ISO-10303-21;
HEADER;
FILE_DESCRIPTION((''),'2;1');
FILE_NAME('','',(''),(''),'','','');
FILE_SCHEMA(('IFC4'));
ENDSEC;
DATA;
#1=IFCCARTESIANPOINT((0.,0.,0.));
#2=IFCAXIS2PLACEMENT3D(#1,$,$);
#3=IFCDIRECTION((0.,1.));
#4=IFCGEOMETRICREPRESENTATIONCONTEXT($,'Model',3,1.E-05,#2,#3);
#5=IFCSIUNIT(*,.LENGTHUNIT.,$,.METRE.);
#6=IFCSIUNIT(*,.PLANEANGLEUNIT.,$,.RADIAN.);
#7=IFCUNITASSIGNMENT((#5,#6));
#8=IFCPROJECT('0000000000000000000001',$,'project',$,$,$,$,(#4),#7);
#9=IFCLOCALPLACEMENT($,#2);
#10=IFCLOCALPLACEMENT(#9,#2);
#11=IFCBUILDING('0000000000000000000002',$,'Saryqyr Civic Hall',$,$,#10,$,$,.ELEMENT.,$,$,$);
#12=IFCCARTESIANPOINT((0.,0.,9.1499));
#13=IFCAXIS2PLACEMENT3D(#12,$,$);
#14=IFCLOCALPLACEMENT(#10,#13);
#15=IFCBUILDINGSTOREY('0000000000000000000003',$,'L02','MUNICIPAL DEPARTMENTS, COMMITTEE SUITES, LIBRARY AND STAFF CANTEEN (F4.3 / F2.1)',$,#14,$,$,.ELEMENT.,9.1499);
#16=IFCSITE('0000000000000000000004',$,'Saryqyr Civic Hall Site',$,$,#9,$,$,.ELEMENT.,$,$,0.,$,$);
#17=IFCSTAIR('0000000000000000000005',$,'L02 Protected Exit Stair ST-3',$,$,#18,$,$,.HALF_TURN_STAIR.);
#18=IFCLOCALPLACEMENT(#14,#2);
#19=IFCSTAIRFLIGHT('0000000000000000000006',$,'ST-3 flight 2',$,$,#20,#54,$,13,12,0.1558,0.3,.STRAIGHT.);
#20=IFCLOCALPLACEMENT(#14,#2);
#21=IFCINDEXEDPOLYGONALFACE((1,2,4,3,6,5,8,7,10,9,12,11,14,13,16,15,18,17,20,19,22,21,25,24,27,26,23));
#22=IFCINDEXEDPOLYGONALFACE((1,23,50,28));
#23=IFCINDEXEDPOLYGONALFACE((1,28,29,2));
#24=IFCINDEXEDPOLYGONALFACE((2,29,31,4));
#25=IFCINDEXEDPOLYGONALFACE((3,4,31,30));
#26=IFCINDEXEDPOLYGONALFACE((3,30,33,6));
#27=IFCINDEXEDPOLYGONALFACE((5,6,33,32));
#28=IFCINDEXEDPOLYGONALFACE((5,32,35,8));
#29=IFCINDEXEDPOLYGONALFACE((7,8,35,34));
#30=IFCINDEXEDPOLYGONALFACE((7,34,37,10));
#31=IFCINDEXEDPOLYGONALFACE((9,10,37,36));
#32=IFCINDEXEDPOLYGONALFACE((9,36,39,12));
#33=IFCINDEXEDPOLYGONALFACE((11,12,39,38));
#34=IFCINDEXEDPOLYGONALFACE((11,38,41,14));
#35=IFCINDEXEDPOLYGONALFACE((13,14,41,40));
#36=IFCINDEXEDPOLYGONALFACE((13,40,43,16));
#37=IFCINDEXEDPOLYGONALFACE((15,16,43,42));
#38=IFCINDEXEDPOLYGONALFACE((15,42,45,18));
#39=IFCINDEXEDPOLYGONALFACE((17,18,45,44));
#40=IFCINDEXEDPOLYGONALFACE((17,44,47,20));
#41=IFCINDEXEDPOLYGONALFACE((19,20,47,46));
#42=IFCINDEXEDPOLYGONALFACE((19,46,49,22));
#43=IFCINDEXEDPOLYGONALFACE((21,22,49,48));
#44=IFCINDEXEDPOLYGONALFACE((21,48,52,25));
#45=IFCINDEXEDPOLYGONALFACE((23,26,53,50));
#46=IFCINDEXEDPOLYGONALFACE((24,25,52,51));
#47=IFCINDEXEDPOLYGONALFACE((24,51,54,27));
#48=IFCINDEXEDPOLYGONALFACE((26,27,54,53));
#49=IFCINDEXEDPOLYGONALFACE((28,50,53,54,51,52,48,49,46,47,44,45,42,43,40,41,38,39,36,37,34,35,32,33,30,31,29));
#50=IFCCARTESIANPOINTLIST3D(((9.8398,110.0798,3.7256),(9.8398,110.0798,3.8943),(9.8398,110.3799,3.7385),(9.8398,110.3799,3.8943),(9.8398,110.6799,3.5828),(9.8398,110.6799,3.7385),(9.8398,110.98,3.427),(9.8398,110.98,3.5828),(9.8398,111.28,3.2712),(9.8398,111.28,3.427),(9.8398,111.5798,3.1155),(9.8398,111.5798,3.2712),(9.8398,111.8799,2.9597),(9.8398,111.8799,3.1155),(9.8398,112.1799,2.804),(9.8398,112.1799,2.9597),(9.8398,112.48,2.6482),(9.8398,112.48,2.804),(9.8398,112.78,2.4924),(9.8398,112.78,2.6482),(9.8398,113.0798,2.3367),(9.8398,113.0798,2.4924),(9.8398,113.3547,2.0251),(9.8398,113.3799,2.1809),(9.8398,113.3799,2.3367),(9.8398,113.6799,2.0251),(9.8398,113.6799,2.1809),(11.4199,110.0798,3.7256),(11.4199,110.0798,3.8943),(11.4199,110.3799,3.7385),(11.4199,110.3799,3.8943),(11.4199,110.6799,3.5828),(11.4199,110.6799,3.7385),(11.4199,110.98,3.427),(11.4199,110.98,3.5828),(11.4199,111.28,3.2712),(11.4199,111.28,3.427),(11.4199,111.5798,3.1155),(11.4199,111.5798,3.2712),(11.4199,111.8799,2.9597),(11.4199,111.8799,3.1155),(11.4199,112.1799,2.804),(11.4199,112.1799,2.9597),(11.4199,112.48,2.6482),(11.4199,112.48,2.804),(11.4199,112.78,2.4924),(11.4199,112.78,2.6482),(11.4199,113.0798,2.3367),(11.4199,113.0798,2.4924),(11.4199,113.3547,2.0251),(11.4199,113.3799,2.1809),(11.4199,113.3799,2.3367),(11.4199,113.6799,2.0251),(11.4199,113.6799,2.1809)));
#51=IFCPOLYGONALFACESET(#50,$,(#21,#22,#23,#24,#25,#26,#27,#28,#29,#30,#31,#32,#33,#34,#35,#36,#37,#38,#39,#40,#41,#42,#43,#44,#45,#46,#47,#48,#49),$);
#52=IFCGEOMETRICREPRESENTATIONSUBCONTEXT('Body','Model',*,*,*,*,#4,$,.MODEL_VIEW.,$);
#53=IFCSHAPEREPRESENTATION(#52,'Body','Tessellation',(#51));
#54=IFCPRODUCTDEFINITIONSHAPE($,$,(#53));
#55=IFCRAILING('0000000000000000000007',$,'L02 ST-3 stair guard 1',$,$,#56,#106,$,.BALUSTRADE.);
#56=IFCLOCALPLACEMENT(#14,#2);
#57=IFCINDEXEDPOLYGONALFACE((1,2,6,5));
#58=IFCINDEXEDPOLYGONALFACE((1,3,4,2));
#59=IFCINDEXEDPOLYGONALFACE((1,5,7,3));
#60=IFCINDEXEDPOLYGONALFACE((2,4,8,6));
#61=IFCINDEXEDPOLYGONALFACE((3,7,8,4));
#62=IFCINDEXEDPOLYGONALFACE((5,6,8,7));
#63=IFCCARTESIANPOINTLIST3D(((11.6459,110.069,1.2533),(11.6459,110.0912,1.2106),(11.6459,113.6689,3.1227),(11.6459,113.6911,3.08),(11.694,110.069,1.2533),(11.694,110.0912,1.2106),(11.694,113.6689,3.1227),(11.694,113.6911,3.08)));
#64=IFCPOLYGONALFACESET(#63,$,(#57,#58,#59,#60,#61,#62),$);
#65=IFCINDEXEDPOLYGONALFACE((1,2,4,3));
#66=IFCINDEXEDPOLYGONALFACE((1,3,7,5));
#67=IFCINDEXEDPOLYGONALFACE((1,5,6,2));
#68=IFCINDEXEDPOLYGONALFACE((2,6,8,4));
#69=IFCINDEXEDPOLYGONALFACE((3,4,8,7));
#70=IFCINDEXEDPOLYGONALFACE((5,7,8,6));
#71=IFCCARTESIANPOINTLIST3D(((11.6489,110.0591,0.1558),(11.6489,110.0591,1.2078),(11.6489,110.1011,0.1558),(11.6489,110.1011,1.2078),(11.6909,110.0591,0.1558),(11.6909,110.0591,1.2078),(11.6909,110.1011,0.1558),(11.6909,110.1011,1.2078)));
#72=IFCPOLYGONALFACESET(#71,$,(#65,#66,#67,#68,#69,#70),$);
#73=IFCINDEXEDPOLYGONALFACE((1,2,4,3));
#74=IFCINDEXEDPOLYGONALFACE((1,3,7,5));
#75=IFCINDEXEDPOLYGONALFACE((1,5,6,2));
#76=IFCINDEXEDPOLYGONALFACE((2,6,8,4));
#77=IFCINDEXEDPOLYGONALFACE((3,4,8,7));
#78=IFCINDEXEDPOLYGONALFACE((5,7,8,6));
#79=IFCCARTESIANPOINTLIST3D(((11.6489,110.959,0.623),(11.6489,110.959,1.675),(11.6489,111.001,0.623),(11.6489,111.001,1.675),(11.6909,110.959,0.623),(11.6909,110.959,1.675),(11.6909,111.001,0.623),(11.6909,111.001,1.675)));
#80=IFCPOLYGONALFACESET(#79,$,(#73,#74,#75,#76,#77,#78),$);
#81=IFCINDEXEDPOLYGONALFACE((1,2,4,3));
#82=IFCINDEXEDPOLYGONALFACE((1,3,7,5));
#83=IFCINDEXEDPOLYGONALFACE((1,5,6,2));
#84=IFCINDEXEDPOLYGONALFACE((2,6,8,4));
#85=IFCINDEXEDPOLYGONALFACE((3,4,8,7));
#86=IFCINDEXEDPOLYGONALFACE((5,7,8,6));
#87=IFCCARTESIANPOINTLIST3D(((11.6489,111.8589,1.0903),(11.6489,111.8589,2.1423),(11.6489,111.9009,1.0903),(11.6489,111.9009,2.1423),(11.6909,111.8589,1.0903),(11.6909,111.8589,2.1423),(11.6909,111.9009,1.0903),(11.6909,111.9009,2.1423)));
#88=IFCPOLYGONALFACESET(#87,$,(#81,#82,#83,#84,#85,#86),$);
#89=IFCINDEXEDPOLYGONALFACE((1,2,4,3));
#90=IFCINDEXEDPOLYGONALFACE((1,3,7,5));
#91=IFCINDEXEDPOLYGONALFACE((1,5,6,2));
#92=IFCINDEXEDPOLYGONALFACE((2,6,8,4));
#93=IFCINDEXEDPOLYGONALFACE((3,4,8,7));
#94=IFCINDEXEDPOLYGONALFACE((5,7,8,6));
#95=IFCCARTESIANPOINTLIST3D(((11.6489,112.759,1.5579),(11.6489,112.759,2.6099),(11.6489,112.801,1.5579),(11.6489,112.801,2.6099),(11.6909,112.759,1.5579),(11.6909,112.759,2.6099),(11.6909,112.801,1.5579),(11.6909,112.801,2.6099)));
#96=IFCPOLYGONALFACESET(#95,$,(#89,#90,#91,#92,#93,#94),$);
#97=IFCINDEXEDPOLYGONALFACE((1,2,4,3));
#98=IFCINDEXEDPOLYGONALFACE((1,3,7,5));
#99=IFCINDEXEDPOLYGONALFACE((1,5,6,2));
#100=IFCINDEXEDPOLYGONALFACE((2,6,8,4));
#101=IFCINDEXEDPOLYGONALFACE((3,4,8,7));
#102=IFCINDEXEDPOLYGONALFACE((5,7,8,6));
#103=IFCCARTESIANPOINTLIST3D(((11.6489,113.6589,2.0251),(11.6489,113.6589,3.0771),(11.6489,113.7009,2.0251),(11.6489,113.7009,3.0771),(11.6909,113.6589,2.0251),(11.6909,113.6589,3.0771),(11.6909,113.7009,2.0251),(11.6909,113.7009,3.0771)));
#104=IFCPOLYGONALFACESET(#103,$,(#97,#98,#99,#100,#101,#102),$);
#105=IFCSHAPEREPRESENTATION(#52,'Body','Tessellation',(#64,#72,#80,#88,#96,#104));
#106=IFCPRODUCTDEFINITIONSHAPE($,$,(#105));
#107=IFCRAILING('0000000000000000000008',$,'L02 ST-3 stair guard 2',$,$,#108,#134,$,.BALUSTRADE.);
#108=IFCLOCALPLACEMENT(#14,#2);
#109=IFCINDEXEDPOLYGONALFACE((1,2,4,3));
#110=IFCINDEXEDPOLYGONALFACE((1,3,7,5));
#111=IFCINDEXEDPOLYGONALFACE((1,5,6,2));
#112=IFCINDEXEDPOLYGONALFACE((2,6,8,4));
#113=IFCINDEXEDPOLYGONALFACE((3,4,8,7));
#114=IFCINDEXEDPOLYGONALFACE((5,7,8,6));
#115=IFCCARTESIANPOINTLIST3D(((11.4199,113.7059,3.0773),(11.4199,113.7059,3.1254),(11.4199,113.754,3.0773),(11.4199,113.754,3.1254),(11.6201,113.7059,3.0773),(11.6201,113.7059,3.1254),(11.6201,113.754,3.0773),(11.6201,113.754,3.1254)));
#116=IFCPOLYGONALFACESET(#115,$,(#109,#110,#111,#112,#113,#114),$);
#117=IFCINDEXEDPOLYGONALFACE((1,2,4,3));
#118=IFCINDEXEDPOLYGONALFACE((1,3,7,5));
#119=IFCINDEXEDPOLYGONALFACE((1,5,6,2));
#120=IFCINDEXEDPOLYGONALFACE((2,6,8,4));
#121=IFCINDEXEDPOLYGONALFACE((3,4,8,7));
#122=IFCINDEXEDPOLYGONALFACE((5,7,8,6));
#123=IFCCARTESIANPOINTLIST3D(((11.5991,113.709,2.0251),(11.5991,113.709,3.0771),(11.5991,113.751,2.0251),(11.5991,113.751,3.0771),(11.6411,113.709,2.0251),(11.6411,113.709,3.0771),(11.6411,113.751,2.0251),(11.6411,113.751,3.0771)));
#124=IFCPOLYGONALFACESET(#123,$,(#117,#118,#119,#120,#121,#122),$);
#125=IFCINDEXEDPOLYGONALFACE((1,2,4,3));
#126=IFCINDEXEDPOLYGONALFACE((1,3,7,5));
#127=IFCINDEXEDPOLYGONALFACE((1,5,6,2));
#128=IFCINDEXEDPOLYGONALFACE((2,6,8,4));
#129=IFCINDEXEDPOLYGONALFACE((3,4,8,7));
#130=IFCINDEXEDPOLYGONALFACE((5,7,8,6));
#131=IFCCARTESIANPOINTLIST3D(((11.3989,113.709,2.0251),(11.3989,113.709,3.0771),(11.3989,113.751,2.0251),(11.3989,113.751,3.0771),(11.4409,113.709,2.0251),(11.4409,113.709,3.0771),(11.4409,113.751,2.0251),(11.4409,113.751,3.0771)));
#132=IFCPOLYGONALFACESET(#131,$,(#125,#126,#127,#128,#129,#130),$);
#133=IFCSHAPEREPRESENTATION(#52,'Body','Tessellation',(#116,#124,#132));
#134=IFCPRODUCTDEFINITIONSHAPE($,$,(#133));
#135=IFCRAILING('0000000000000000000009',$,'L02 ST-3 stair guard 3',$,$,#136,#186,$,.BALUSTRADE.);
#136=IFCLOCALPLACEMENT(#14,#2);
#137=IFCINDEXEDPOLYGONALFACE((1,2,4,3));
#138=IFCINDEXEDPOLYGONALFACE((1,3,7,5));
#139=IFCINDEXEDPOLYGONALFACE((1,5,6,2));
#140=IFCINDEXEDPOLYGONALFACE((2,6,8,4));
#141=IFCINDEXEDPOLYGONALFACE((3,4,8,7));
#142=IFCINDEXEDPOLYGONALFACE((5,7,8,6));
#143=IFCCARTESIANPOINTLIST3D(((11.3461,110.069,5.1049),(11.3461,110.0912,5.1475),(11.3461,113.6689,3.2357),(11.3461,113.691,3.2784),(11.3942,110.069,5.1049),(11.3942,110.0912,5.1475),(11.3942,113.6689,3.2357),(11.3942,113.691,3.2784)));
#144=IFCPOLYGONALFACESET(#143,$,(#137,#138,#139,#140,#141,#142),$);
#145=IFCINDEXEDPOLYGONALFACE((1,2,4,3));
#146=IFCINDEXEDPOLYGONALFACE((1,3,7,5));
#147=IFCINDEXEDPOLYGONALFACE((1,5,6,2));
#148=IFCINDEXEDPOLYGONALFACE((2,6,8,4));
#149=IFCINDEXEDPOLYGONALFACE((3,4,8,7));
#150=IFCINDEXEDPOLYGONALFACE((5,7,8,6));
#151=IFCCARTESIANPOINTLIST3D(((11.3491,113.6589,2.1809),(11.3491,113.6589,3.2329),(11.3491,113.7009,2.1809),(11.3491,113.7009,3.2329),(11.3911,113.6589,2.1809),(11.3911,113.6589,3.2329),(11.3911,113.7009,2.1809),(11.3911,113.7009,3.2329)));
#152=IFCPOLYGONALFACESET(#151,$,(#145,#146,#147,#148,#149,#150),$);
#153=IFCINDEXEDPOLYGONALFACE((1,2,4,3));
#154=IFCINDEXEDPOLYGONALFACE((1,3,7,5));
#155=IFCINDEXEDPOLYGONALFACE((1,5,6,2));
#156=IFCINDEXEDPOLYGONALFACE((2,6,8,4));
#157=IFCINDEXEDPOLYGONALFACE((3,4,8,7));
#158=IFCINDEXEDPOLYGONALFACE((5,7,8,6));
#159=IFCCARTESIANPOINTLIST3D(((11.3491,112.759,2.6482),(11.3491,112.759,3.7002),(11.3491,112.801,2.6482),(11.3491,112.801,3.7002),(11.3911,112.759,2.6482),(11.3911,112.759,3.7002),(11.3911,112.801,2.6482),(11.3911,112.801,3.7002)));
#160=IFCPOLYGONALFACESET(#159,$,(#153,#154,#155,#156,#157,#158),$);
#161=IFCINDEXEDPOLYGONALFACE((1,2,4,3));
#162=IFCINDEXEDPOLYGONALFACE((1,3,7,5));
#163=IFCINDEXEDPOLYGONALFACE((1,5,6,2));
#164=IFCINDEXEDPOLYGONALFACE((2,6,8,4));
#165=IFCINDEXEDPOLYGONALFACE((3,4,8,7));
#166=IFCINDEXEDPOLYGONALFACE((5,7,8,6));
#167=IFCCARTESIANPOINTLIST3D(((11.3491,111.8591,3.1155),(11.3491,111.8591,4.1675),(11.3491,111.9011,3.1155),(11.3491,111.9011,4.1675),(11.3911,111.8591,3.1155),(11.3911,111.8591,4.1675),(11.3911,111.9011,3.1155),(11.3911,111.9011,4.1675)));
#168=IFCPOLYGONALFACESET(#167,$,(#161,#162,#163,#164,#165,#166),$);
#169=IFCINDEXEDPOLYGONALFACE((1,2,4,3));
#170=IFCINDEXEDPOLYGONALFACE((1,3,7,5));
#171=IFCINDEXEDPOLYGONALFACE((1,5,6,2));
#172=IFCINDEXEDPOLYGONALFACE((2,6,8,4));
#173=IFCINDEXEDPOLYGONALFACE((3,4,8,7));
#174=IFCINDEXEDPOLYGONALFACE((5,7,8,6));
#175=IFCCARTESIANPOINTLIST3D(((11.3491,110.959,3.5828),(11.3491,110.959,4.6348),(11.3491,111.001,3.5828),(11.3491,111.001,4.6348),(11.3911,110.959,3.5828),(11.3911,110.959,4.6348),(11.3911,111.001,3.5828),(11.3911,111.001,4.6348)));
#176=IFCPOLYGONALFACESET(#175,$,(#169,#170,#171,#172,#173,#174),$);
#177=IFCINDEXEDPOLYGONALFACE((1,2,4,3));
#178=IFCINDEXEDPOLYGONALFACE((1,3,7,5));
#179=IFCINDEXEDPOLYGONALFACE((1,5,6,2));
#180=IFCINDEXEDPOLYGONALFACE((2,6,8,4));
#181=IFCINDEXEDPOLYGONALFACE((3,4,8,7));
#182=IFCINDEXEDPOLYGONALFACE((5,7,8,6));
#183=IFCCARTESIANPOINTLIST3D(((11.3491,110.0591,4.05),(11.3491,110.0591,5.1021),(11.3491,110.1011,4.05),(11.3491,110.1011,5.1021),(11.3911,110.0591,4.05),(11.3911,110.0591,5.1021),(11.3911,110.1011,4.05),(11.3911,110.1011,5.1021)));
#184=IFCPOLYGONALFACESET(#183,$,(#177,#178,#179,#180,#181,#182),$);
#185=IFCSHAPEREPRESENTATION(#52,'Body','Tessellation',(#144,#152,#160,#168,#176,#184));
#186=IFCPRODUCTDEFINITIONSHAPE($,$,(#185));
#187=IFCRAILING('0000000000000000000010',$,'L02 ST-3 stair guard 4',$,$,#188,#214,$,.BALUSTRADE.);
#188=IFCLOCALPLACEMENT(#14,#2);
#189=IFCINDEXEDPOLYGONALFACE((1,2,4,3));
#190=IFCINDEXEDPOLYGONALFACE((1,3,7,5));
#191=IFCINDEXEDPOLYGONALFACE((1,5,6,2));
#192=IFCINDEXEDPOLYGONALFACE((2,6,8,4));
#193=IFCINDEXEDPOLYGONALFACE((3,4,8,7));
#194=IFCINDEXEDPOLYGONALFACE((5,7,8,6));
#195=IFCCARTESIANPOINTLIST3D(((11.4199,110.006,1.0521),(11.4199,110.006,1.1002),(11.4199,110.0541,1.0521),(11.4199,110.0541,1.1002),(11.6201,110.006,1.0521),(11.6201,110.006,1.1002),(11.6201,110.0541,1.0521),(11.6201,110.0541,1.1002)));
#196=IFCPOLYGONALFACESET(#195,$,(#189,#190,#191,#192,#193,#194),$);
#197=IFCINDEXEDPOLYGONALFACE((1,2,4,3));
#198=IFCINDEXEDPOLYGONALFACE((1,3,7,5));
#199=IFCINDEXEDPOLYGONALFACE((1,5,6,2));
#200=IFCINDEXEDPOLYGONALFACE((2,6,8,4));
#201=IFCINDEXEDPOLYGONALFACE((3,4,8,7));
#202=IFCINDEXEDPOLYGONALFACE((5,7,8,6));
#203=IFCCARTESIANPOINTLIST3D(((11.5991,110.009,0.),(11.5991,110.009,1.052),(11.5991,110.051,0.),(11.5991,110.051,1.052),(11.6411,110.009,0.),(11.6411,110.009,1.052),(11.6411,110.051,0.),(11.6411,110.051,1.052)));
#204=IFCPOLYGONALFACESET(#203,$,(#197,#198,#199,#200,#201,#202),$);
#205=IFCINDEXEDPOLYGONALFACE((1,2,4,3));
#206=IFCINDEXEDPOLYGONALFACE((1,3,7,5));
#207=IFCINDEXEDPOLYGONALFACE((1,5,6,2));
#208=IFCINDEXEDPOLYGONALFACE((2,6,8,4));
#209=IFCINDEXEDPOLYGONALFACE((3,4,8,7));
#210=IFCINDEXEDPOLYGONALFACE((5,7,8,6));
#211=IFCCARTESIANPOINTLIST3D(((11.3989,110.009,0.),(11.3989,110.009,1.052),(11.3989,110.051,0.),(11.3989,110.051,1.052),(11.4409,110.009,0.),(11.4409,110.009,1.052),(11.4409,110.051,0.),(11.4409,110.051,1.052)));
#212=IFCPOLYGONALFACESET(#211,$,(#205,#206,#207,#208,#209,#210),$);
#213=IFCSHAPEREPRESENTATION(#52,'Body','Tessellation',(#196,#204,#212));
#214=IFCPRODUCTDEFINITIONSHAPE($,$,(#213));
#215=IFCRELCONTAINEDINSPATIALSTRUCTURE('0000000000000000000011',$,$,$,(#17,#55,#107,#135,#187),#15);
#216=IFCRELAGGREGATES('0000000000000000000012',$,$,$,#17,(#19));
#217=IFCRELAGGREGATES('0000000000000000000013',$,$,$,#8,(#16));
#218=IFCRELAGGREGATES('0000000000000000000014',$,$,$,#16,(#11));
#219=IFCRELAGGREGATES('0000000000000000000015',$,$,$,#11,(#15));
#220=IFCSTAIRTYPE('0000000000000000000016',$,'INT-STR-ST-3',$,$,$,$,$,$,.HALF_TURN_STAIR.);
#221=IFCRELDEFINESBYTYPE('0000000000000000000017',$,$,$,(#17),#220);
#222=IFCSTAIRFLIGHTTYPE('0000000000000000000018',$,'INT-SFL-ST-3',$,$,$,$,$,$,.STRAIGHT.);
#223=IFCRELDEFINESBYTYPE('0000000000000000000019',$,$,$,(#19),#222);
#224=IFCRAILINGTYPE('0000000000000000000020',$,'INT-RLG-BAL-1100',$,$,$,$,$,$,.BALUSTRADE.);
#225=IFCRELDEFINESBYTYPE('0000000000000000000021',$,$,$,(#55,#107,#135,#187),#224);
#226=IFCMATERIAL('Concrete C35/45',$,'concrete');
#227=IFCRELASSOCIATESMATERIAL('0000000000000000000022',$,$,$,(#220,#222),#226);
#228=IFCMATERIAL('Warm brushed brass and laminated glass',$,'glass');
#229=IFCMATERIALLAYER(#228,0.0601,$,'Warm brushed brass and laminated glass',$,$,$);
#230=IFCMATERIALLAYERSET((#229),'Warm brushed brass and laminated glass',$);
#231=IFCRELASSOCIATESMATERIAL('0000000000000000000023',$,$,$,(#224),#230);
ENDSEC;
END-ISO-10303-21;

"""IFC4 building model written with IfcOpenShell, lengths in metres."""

from ifc_helpers import new_model, si_unit, direction, frame, origin, origin_2d, place, context, subcontext, project, spatial, polyline, rectangle, outline, extrude, material, layer, layer_set, type_object, element, aggregate, save


model = new_model("IFC4")

# Units and contexts
model_context = context("Model", 3, precision=1e-05, world=origin(), true_north=direction((0.0, 1.0)))
body_context = subcontext(model_context, "Body", "Model", "MODEL_VIEW")
ifc_project = project(units=[si_unit("LENGTHUNIT", "METRE"), si_unit("PLANEANGLEUNIT", "RADIAN")], contexts=[model_context])

# Site, building, storey
site_placement = place(None, origin())
site = spatial("IfcSite", under=ifc_project, at=site_placement, Name="Saryqyr Civic Hall Site", CompositionType="ELEMENT", RefElevation=0.0)
building_placement = place(site_placement, origin())
building = spatial("IfcBuilding", under=site, at=building_placement, Name="Saryqyr Civic Hall", CompositionType="ELEMENT")
storey_placement = place(building_placement, frame((0.0, 0.0, 9.1499)))
storey = spatial("IfcBuildingStorey", under=building, at=storey_placement, Name="L02", Description="MUNICIPAL DEPARTMENTS, COMMITTEE SUITES, LIBRARY AND STAFF CANTEEN (F4.3 / F2.1)", CompositionType="ELEMENT", Elevation=9.1499)

# Shared definitions
ifc_material_1 = material(Name="Concrete C35/45", Category="concrete")

# Stair, stair flight
stair_type = type_object("IfcStairType", Name="INT-STR-ST-3", PredefinedType="HALF_TURN_STAIR", material=ifc_material_1)
stair_placement = place(storey_placement, origin())
stair = element("IfcStair", 1, at=stair_placement, inside=storey, type_object=stair_type, Name="L02 Protected Exit Stair ST-3", PredefinedType="HALF_TURN_STAIR")
stair_flight_type = type_object("IfcStairFlightType", Name="INT-SFL-ST-3", PredefinedType="STRAIGHT", material=ifc_material_1)
stair_flight_1_placement = place(storey_placement, frame((10.6299, 113.6799, 2.0251), z_axis=(0.0, 0.0, 1.0), x_axis=(0.0, -1.0, 0.0)))
stair_flight_1 = element("IfcStairFlight", 2, at=stair_flight_1_placement, type_object=stair_flight_type, Name="ST-3 flight 2", NumberOfRisers=13, NumberOfTreads=12, PredefinedType="STRAIGHT", RiserHeight=0.1558, TreadLength=0.3, context=body_context, shape_type="SweptSolid", body=[
    extrude(outline(polyline([(0.0, 0.0), (0.0, 0.1558), (0.3, 0.1558), (0.3, 0.3115), (0.6001, 0.3115), (0.6001, 0.4673), (0.8999, 0.4673), (0.8999, 0.623), (1.2, 0.623), (1.2, 0.7788), (1.5, 0.7788), (1.5, 0.9346), (1.8, 0.9346), (1.8, 1.0903), (2.1001, 1.0903), (2.1001, 1.2461), (2.3999, 1.2461), (2.3999, 1.4019), (2.7, 1.4019), (2.7, 1.5576), (3.0, 1.5576), (3.0, 1.7134), (3.3, 1.7134), (3.3, 1.8691), (3.6001, 1.8691), (3.6001, 2.0249), (3.6001, 1.7004), (0.3252, 0.0), (0.0, 0.0)])), frame((0.0, 0.79, 0.0), z_axis=(0.0, -1.0, 0.0), x_axis=(1.0, 0.0, 0.0)), (0.0, 0.0, 1.0), 1.5801),
])
aggregate(stair, [stair_flight_1])

# Railings
ifc_material_2 = material(Name="Warm brushed brass and laminated glass", Category="glass")
ifc_layer_1 = layer(ifc_material_2, 0.0601, Name="Warm brushed brass and laminated glass")
ifc_layer_set_1 = layer_set([ifc_layer_1], Name="Warm brushed brass and laminated glass")
railing_type_1 = type_object("IfcRailingType", Name="INT-RLG-BAL-1100", PredefinedType="BALUSTRADE", material=ifc_layer_set_1)
railing_1_placement = place(storey_placement, frame((11.6699, 110.0801, 0.1558)))
element("IfcRailing", 3, at=railing_1_placement, inside=storey, type_object=railing_type_1, Name="L02 ST-3 stair guard 1", PredefinedType="BALUSTRADE", context=body_context, shape_type="SweptSolid", body=[
    extrude(rectangle(XDim=0.0481, YDim=0.0481, at=origin_2d()), frame((0.0, 0.0, 1.0762), z_axis=(0.0, 0.887473, 0.46086), x_axis=(-1.0, 0.0, 0.0)), (0.0, 0.0, 1.0), 4.0564),
    extrude(rectangle(XDim=0.042, YDim=0.042, at=origin_2d()), origin(), (0.0, 0.0, 1.0), 1.052),
    extrude(rectangle(XDim=0.042, YDim=0.042, at=origin_2d()), frame((0.0, 0.8999, 0.4673)), (0.0, 0.0, 1.0), 1.052),
    extrude(rectangle(XDim=0.042, YDim=0.042, at=origin_2d()), frame((0.0, 1.7998, 0.9346)), (0.0, 0.0, 1.0), 1.052),
    extrude(rectangle(XDim=0.042, YDim=0.042, at=origin_2d()), frame((0.0, 2.7, 1.4021)), (0.0, 0.0, 1.0), 1.052),
    extrude(rectangle(XDim=0.042, YDim=0.042, at=origin_2d()), frame((0.0, 3.5999, 1.8694)), (0.0, 0.0, 1.0), 1.052),
])
railing_2_placement = place(storey_placement, frame((11.6201, 113.73, 2.0251)))
element("IfcRailing", 4, at=railing_2_placement, inside=storey, type_object=railing_type_1, Name="L02 ST-3 stair guard 2", PredefinedType="BALUSTRADE", context=body_context, shape_type="SweptSolid", body=[
    extrude(rectangle(XDim=0.0481, YDim=0.0481, at=origin_2d()), frame((0.0, 0.0, 1.0762), z_axis=(-1.0, 0.0, 0.0), x_axis=(0.0, -1.0, 0.0)), (0.0, 0.0, 1.0), 0.2002),
    extrude(rectangle(XDim=0.042, YDim=0.042, at=origin_2d()), origin(), (0.0, 0.0, 1.0), 1.052),
    extrude(rectangle(XDim=0.042, YDim=0.042, at=origin_2d()), frame((-0.2002, 0.0, 0.0)), (0.0, 0.0, 1.0), 1.052),
])
railing_3_placement = place(storey_placement, frame((11.3701, 113.6799, 2.1809)))
element("IfcRailing", 5, at=railing_3_placement, inside=storey, type_object=railing_type_1, Name="L02 ST-3 stair guard 3", PredefinedType="BALUSTRADE", context=body_context, shape_type="SweptSolid", body=[
    extrude(rectangle(XDim=0.0481, YDim=0.0481, at=origin_2d()), frame((0.0, 0.0, 1.0762), z_axis=(0.0, -0.887497, 0.460813), x_axis=(1.0, 0.0, 0.0)), (0.0, 0.0, 1.0), 4.0562),
    extrude(rectangle(XDim=0.042, YDim=0.042, at=origin_2d()), origin(), (0.0, 0.0, 1.0), 1.052),
    extrude(rectangle(XDim=0.042, YDim=0.042, at=origin_2d()), frame((0.0, -0.8999, 0.4673)), (0.0, 0.0, 1.0), 1.052),
    extrude(rectangle(XDim=0.042, YDim=0.042, at=origin_2d()), frame((0.0, -1.7998, 0.9346)), (0.0, 0.0, 1.0), 1.052),
    extrude(rectangle(XDim=0.042, YDim=0.042, at=origin_2d()), frame((0.0, -2.7, 1.4019)), (0.0, 0.0, 1.0), 1.052),
    extrude(rectangle(XDim=0.042, YDim=0.042, at=origin_2d()), frame((0.0, -3.5999, 1.8691)), (0.0, 0.0, 1.0), 1.052),
])
railing_4_placement = place(storey_placement, frame((11.6201, 110.03, 0.0)))
element("IfcRailing", 6, at=railing_4_placement, inside=storey, type_object=railing_type_1, Name="L02 ST-3 stair guard 4", PredefinedType="BALUSTRADE", context=body_context, shape_type="SweptSolid", body=[
    extrude(rectangle(XDim=0.0481, YDim=0.0481, at=origin_2d()), frame((0.0, 0.0, 1.0762), z_axis=(-1.0, 0.0, 0.0), x_axis=(0.0, -1.0, 0.0)), (0.0, 0.0, 1.0), 0.2002),
    extrude(rectangle(XDim=0.042, YDim=0.042, at=origin_2d()), origin(), (0.0, 0.0, 1.0), 1.052),
    extrude(rectangle(XDim=0.042, YDim=0.042, at=origin_2d()), frame((-0.2002, 0.0, 0.0)), (0.0, 0.0, 1.0), 1.052),
])

save(model, "model.ifc")
